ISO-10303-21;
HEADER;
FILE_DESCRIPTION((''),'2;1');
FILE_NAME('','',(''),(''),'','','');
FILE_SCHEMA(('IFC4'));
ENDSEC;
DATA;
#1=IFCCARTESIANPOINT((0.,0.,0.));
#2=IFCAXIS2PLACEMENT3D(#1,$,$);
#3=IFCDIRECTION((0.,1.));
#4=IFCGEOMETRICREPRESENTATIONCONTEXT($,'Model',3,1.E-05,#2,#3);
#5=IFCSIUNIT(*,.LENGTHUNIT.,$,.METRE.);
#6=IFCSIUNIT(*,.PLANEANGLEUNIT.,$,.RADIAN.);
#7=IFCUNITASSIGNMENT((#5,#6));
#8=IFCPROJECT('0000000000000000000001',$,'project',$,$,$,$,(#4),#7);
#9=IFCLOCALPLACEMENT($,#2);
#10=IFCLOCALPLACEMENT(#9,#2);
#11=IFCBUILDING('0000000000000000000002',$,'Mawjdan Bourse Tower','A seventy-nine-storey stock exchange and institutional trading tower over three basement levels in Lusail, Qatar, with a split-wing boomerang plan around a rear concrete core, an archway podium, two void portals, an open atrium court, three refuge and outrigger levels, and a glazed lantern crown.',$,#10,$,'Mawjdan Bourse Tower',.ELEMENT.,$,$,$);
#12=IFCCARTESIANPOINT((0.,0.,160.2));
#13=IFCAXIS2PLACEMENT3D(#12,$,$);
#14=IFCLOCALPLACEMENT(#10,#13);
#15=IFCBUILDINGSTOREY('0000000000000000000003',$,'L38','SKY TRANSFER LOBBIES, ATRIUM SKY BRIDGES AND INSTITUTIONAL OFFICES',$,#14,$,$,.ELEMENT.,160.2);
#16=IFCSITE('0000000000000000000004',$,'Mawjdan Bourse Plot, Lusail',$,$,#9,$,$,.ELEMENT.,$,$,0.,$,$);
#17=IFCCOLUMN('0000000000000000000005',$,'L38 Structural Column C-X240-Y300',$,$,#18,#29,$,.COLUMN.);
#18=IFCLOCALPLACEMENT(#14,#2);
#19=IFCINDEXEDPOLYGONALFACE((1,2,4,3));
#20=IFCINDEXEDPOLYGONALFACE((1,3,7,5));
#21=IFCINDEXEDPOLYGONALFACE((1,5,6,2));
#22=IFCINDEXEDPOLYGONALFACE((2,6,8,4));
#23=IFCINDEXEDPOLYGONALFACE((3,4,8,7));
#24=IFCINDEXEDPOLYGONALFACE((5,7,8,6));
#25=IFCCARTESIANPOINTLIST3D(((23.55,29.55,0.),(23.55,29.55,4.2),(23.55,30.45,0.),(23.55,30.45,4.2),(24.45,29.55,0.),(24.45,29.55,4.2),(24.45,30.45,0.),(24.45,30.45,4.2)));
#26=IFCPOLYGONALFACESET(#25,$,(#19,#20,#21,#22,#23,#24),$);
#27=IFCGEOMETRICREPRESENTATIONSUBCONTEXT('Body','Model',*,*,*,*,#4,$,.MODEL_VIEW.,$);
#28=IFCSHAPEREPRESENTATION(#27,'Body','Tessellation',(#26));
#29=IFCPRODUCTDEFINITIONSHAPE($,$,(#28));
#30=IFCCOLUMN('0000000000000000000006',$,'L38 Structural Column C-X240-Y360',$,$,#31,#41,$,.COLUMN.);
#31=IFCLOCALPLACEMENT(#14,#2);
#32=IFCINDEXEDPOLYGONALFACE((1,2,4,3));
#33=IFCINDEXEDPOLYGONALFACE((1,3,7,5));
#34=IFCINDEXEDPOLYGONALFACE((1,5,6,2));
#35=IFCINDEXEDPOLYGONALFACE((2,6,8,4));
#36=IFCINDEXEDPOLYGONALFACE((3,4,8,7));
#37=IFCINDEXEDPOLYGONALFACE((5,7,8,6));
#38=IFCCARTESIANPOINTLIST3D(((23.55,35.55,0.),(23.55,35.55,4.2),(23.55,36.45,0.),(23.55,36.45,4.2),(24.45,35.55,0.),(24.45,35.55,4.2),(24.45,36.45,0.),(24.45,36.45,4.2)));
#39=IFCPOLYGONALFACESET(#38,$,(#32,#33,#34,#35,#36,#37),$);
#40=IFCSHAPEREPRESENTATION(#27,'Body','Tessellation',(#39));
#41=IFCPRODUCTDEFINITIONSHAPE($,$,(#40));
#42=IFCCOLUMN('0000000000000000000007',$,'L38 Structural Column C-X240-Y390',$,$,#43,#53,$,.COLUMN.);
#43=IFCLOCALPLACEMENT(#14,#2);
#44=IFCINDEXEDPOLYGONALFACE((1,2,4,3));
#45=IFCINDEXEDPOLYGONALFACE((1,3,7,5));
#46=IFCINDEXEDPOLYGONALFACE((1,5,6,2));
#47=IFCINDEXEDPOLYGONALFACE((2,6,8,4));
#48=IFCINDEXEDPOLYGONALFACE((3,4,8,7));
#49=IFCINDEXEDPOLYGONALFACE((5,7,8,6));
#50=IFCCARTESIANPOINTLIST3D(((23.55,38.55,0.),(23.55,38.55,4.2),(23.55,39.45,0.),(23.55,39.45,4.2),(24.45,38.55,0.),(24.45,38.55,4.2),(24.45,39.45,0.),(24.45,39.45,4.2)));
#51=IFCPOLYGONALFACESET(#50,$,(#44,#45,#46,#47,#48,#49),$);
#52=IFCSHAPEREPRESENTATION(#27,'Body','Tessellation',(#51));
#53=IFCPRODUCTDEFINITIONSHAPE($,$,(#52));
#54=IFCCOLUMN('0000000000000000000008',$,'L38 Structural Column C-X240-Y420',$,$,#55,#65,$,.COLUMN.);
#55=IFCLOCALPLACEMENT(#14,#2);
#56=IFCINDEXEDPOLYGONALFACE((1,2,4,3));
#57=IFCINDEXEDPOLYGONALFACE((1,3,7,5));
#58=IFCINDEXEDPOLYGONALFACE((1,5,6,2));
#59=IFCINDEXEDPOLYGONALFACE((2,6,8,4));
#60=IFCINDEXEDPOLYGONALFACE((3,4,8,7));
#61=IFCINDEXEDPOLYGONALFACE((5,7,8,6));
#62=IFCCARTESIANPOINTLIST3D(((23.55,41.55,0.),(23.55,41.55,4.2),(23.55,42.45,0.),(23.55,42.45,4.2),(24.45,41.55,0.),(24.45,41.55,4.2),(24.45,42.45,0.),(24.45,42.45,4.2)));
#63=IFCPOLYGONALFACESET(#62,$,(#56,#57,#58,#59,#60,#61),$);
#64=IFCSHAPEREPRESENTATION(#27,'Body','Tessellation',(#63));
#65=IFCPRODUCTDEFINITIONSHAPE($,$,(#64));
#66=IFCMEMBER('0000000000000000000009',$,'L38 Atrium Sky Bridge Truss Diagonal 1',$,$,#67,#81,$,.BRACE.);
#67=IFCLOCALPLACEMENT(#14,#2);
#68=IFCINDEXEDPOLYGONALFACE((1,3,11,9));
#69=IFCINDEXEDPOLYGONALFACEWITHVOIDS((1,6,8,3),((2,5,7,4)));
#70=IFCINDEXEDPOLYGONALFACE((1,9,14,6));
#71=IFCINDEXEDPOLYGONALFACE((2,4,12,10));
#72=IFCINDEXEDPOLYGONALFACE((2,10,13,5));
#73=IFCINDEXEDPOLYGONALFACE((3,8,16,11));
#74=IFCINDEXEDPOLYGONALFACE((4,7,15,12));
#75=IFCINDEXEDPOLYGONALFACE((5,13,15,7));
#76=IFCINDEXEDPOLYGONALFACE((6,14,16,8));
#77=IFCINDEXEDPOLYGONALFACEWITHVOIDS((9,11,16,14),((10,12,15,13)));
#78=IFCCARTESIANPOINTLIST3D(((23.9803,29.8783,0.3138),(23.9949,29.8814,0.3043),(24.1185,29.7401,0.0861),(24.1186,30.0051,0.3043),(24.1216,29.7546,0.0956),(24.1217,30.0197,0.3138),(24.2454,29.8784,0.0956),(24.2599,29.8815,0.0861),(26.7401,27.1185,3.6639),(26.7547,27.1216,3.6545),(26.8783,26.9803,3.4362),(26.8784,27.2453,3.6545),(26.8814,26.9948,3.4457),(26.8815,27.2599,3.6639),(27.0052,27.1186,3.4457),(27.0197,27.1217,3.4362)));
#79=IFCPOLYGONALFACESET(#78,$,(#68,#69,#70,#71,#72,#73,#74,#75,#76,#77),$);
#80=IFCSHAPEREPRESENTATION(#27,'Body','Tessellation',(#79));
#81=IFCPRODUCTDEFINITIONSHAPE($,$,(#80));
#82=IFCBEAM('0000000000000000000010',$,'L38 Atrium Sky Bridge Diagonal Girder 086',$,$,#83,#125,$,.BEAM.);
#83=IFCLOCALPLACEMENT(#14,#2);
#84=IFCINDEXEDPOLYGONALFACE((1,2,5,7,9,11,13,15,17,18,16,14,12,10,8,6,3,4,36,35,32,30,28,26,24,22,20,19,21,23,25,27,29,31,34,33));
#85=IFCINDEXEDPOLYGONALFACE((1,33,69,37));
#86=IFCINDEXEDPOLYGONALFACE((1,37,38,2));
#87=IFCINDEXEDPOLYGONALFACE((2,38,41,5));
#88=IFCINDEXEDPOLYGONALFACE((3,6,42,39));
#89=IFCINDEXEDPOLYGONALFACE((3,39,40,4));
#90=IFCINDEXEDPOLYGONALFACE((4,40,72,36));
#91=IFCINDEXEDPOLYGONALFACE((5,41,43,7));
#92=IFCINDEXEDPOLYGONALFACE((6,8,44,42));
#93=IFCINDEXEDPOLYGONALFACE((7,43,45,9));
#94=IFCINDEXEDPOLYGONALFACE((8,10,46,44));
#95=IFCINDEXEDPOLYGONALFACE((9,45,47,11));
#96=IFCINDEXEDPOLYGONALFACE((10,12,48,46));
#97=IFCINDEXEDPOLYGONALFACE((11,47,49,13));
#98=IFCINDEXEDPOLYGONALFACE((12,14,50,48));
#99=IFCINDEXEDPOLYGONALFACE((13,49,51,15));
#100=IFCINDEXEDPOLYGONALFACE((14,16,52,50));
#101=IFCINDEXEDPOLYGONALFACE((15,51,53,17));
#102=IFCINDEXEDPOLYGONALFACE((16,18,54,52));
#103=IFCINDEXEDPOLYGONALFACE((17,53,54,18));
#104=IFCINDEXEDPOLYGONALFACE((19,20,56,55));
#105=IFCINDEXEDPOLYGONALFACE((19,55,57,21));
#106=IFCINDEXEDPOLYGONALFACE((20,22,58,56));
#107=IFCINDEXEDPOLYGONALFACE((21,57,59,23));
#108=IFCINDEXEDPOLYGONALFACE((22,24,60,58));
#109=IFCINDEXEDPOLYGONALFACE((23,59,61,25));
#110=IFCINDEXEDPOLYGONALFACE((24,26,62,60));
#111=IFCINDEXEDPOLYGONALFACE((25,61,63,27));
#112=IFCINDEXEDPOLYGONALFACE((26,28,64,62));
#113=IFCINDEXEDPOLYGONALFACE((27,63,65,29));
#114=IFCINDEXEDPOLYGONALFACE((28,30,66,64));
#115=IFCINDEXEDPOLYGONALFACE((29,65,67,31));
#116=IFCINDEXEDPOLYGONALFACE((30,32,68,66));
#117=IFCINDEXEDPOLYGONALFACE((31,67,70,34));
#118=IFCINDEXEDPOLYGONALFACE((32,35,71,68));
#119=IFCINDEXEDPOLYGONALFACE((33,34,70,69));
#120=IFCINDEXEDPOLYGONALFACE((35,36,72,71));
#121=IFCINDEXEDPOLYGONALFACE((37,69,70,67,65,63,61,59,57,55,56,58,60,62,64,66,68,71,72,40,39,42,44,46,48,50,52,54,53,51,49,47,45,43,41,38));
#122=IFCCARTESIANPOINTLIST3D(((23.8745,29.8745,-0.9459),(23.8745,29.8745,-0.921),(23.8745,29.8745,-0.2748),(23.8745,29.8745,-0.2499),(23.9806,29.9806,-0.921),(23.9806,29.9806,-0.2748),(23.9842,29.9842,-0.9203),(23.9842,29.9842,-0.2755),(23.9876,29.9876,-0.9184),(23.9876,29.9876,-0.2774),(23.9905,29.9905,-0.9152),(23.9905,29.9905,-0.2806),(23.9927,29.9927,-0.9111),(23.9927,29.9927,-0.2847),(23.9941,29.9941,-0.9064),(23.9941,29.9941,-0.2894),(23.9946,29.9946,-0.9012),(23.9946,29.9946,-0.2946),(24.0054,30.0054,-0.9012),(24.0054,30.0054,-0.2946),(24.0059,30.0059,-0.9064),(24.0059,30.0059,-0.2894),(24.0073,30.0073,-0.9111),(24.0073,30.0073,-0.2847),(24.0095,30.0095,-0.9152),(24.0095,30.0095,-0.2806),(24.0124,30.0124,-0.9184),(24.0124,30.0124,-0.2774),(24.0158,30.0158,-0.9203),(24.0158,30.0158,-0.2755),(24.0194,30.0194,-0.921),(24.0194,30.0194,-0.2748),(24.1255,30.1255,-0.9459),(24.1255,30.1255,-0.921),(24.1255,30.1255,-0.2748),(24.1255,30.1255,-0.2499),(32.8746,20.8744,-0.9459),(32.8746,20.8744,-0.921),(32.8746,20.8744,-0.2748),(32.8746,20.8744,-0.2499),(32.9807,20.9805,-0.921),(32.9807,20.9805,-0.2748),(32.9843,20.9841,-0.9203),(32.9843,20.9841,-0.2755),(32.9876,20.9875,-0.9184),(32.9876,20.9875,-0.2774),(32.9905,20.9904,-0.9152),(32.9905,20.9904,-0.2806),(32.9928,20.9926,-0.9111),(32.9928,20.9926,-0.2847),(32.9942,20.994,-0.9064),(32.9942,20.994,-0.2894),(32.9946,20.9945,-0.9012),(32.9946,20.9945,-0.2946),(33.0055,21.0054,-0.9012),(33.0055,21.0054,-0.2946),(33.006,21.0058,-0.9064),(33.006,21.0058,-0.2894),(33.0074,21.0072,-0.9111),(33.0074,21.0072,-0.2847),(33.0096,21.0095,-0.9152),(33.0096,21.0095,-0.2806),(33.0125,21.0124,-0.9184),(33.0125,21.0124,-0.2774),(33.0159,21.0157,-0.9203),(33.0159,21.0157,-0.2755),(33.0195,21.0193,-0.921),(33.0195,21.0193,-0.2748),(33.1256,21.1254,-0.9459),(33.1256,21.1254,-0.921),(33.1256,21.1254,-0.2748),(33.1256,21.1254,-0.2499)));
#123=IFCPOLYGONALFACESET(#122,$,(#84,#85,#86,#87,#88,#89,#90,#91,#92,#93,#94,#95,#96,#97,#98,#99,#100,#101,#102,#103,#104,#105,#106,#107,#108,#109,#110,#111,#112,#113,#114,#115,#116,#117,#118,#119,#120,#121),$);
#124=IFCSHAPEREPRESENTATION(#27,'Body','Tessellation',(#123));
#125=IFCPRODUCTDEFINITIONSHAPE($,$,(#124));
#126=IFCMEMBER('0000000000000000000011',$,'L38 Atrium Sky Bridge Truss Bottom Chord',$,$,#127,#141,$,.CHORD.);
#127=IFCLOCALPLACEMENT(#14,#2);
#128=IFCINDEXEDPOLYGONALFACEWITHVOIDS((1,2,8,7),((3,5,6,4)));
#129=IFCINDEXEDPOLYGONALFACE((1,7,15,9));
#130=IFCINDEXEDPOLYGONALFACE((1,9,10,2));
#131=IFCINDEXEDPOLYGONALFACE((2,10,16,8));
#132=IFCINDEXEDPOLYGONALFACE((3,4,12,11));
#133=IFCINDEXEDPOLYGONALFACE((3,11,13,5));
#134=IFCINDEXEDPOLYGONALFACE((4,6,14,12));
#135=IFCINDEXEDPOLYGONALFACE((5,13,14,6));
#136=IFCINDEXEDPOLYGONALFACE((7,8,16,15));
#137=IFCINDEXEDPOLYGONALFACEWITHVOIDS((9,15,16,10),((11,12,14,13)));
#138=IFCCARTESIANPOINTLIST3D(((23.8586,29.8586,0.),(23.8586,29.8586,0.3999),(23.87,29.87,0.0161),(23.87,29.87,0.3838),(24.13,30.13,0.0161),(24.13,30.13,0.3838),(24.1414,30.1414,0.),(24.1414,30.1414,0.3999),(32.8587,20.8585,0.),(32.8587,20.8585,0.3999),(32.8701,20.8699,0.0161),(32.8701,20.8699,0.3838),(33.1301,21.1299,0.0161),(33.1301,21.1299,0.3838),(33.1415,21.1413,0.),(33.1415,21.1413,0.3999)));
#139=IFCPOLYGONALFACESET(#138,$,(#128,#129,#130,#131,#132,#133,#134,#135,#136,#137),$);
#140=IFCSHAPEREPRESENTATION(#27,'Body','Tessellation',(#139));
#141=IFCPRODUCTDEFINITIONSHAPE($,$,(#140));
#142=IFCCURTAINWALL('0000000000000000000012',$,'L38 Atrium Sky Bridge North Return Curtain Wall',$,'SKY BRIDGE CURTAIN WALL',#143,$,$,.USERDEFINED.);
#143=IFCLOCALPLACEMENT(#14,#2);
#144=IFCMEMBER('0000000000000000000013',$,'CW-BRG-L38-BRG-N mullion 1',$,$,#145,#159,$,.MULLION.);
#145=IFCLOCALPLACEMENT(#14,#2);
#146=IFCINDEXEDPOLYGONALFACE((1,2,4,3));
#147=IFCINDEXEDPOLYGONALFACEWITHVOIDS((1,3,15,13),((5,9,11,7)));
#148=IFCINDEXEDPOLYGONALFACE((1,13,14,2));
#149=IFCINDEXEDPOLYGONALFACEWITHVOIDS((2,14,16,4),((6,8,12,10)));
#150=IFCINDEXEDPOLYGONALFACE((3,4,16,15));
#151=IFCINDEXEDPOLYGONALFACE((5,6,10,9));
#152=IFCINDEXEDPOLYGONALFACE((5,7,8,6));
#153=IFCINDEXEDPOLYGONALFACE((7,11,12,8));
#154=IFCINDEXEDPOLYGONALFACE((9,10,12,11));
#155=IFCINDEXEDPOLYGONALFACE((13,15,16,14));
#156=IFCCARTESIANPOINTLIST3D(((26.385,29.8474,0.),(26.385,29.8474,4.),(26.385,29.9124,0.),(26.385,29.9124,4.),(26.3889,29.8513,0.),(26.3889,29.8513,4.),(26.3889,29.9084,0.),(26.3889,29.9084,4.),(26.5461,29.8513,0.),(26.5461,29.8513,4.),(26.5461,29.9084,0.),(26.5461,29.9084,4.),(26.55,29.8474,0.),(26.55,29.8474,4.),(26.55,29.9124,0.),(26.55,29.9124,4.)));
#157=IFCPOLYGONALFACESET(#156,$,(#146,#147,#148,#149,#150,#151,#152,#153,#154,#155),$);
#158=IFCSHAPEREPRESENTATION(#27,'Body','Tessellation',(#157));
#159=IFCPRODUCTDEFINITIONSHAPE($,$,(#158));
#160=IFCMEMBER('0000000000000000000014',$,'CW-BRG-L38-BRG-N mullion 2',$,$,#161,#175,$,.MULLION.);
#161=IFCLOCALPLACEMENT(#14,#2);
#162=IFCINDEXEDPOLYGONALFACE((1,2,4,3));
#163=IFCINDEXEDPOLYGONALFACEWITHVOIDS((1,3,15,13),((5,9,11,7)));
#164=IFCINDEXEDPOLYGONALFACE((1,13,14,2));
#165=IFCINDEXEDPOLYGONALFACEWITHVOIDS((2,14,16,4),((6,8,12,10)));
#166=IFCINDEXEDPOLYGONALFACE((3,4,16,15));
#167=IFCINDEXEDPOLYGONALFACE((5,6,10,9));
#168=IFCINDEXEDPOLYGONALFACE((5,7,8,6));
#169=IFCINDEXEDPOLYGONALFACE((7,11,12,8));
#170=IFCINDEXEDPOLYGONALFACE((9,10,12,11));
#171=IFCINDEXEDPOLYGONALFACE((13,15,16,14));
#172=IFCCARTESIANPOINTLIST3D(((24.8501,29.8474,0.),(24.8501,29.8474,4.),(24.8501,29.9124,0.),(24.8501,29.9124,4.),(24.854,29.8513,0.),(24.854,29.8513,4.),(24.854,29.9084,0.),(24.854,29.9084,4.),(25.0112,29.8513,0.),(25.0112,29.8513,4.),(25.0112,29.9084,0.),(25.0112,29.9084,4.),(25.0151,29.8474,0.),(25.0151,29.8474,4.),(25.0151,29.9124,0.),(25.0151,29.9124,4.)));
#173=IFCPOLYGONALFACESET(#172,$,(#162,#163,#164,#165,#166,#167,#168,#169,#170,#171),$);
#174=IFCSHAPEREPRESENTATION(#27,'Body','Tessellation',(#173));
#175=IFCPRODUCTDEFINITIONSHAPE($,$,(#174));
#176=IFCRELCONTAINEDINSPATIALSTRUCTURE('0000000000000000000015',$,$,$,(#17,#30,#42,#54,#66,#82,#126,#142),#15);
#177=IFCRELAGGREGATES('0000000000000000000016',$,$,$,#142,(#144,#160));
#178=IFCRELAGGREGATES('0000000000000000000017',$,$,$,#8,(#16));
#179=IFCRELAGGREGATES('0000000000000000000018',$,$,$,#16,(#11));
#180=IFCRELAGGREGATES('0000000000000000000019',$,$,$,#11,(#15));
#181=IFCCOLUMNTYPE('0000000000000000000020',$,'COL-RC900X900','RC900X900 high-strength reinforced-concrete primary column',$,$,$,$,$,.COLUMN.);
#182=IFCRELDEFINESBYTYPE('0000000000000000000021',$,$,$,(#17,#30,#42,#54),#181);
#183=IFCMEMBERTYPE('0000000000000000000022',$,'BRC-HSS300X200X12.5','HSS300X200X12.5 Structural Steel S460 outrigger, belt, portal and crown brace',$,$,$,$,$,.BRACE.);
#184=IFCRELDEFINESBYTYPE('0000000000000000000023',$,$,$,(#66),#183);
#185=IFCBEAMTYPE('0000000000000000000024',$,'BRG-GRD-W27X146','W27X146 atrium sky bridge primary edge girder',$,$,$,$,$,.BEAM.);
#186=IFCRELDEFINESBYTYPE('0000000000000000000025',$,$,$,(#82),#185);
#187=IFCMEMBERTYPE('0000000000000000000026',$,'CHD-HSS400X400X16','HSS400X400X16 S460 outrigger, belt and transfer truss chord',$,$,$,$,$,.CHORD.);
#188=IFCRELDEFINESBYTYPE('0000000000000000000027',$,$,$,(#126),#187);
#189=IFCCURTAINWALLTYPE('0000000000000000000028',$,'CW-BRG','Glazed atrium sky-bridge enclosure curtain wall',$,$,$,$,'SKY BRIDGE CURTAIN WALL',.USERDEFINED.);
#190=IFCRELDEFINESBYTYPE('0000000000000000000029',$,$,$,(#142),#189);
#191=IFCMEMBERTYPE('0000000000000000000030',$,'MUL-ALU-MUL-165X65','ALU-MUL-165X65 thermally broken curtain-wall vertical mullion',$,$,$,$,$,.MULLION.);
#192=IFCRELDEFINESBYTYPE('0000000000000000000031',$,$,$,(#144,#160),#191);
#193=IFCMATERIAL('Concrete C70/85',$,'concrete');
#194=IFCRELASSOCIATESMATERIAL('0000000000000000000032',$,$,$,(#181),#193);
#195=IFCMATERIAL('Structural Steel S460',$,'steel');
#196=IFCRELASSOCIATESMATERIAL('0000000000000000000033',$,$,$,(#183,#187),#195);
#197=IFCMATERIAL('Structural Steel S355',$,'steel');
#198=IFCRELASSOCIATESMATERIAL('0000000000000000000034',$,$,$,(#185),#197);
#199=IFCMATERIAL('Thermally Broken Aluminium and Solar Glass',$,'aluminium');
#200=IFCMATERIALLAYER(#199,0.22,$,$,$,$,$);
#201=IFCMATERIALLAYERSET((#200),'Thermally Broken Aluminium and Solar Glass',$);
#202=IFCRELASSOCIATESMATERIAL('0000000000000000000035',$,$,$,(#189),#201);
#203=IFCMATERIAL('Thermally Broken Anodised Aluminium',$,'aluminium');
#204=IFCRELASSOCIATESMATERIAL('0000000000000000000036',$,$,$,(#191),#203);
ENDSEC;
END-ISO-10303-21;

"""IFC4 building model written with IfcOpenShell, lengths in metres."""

from ifc_helpers import new_model, si_unit, direction, frame, origin, origin_2d, place, context, subcontext, project, spatial, rectangle, hollow_rectangle, i_section, extrude, material, layer, layer_set, material_profile, profile_set, type_object, element, aggregate, save


model = new_model("IFC4")

# Units and contexts
model_context = context("Model", 3, precision=1e-05, world=origin(), true_north=direction((0.0, 1.0)))
body_context = subcontext(model_context, "Body", "Model", "MODEL_VIEW")
ifc_project = project(units=[si_unit("LENGTHUNIT", "METRE"), si_unit("PLANEANGLEUNIT", "RADIAN")], contexts=[model_context])

# Site, building, storey
site_placement = place(None, origin())
site = spatial("IfcSite", under=ifc_project, at=site_placement, Name="Mawjdan Bourse Plot, Lusail", CompositionType="ELEMENT", RefElevation=0.0)
building_placement = place(site_placement, origin())
building = spatial("IfcBuilding", under=site, at=building_placement, Name="Mawjdan Bourse Tower", Description="A seventy-nine-storey stock exchange and institutional trading tower over three basement levels in Lusail, Qatar, with a split-wing boomerang plan around a rear concrete core, an archway podium, two void portals, an open atrium court, three refuge and outrigger levels, and a glazed lantern crown.", LongName="Mawjdan Bourse Tower", CompositionType="ELEMENT")
storey_placement = place(building_placement, frame((0.0, 0.0, 160.2)))
storey = spatial("IfcBuildingStorey", under=building, at=storey_placement, Name="L38", Description="SKY TRANSFER LOBBIES, ATRIUM SKY BRIDGES AND INSTITUTIONAL OFFICES", CompositionType="ELEMENT", Elevation=160.2)

# Columns
ifc_material_1 = material(Name="Concrete C70/85", Category="concrete")
ifc_material_profile_1 = material_profile(ifc_material_1, rectangle(XDim=0.8999, YDim=0.8999, at=origin_2d()), Name="RC900X900")
ifc_profile_set_1 = profile_set([ifc_material_profile_1], Name="Concrete C70/85")
column_type = type_object("IfcColumnType", Name="COL-RC900X900", Description="RC900X900 high-strength reinforced-concrete primary column", PredefinedType="COLUMN", material=ifc_profile_set_1)
for number, where, z_axis, x_axis, name in (
    (1, (24.0, 30.0, 0.0), (0.0, 0.0, 1.0), (1.0, 0.0, 0.0), "L38 Structural Column C-X240-Y300"),
    (2, (24.0, 36.0, 0.0), (0.0, 0.0, 1.0), (1.0, 0.0, 0.0), "L38 Structural Column C-X240-Y360"),
    (3, (24.0, 39.0, 0.0), (0.0, 0.0, 1.0), (1.0, 0.0, 0.0), "L38 Structural Column C-X240-Y390"),
    (4, (24.0, 42.0, 0.0), (0.0, 0.0, 1.0), (1.0, 0.0, 0.0), "L38 Structural Column C-X240-Y420"),
):
    element("IfcColumn", number, at=place(storey_placement, frame(where, z_axis=z_axis, x_axis=x_axis)), inside=storey, type_object=column_type, Name=name, PredefinedType="COLUMN", context=body_context, shape_type="SweptSolid", body=[
        extrude(rectangle(XDim=0.8999, YDim=0.8999, at=origin_2d()), origin(), (0.0, 0.0, 1.0), 4.2),
    ])

# Member
ifc_material_2 = material(Name="Structural Steel S460", Category="steel")
ifc_material_profile_2 = material_profile(ifc_material_2, hollow_rectangle(XDim=0.2, YDim=0.3, WallThickness=0.0125, at=origin_2d()), Name="HSS300X200X12.5")
ifc_profile_set_2 = profile_set([ifc_material_profile_2], Name="Structural Steel S460")
member_type_1 = type_object("IfcMemberType", Name="BRC-HSS300X200X12.5", Description="HSS300X200X12.5 Structural Steel S460 outrigger, belt, portal and crown brace", PredefinedType="BRACE", material=ifc_profile_set_2)
member_1_placement = place(storey_placement, frame((24.1201, 29.8799, 0.2), z_axis=(0.536552, -0.536552, 0.651324), x_axis=(0.707107, 0.707107, 0.0)))
element("IfcMember", 5, at=member_1_placement, inside=storey, type_object=member_type_1, Name="L38 Atrium Sky Bridge Truss Diagonal 1", PredefinedType="BRACE", context=body_context, shape_type="SweptSolid", body=[
    extrude(hollow_rectangle(XDim=0.2, YDim=0.3, WallThickness=0.0125, at=origin_2d()), origin(), (0.0, 0.0, 1.0), 5.1436),
])

# Beam
ifc_material_3 = material(Name="Structural Steel S355", Category="steel")
ifc_material_profile_3 = material_profile(ifc_material_3, i_section(OverallWidth=0.355, OverallDepth=0.696, WebThickness=0.0154, FlangeThickness=0.0249, FilletRadius=0.0198, at=origin_2d()), Name="W27X146")
ifc_profile_set_3 = profile_set([ifc_material_profile_3], Name="Structural Steel S355")
beam_type_1 = type_object("IfcBeamType", Name="BRG-GRD-W27X146", Description="W27X146 atrium sky bridge primary edge girder", PredefinedType="BEAM", material=ifc_profile_set_3)
beam_1_placement = place(storey_placement, frame((24.0, 30.0, -0.5979), z_axis=(0.707107, -0.707107, 0.0), x_axis=(0.707107, 0.707107, 0.0)))
element("IfcBeam", 6, at=beam_1_placement, inside=storey, type_object=beam_type_1, Name="L38 Atrium Sky Bridge Diagonal Girder 086", PredefinedType="BEAM", context=body_context, shape_type="SweptSolid", body=[
    extrude(i_section(OverallWidth=0.355, OverallDepth=0.696, WebThickness=0.0154, FlangeThickness=0.0249, FilletRadius=0.0198, at=origin_2d()), origin(), (0.0, 0.0, 1.0), 12.728),
])

# Member
ifc_material_profile_4 = material_profile(ifc_material_2, hollow_rectangle(XDim=0.3999, YDim=0.3999, WallThickness=0.0161, at=origin_2d()), Name="HSS400X400X16")
ifc_profile_set_4 = profile_set([ifc_material_profile_4], Name="Structural Steel S460")
member_type_2 = type_object("IfcMemberType", Name="CHD-HSS400X400X16", Description="HSS400X400X16 S460 outrigger, belt and transfer truss chord", PredefinedType="CHORD", material=ifc_profile_set_4)
member_2_placement = place(storey_placement, frame((24.0, 30.0, 0.2), z_axis=(0.707107, -0.707107, 0.0), x_axis=(0.707107, 0.707107, 0.0)))
element("IfcMember", 7, at=member_2_placement, inside=storey, type_object=member_type_2, Name="L38 Atrium Sky Bridge Truss Bottom Chord", PredefinedType="CHORD", context=body_context, shape_type="SweptSolid", body=[
    extrude(hollow_rectangle(XDim=0.3999, YDim=0.3999, WallThickness=0.0161, at=origin_2d()), origin(), (0.0, 0.0, 1.0), 12.728),
])

# Curtain wall, members
ifc_material_4 = material(Name="Thermally Broken Aluminium and Solar Glass", Category="aluminium")
ifc_layer_1 = layer(ifc_material_4, 0.22)
ifc_layer_set_1 = layer_set([ifc_layer_1], Name="Thermally Broken Aluminium and Solar Glass")
curtain_wall_type = type_object("IfcCurtainWallType", Name="CW-BRG", Description="Glazed atrium sky-bridge enclosure curtain wall", ElementType="SKY BRIDGE CURTAIN WALL", PredefinedType="USERDEFINED", material=ifc_layer_set_1)
curtain_wall_placement = place(storey_placement, origin())
curtain_wall = element("IfcCurtainWall", 8, at=curtain_wall_placement, inside=storey, type_object=curtain_wall_type, Name="L38 Atrium Sky Bridge North Return Curtain Wall", ObjectType="SKY BRIDGE CURTAIN WALL", PredefinedType="USERDEFINED")
ifc_material_5 = material(Name="Thermally Broken Anodised Aluminium", Category="aluminium")
ifc_material_profile_5 = material_profile(ifc_material_5, hollow_rectangle(XDim=0.0649, YDim=0.165, WallThickness=0.0039, at=origin_2d()), Name="ALU-MUL-165X65")
ifc_profile_set_5 = profile_set([ifc_material_profile_5], Name="Thermally Broken Anodised Aluminium")
member_type_3 = type_object("IfcMemberType", Name="MUL-ALU-MUL-165X65", Description="ALU-MUL-165X65 thermally broken curtain-wall vertical mullion", PredefinedType="MULLION", material=ifc_profile_set_5)
member_3_placement = place(storey_placement, frame((26.4675, 29.8799, 0.0), z_axis=(0.0, 0.0, 1.0), x_axis=(0.0, -1.0, 0.0)))
member_3 = element("IfcMember", 9, at=member_3_placement, type_object=member_type_3, Name="CW-BRG-L38-BRG-N mullion 1", PredefinedType="MULLION", context=body_context, shape_type="SweptSolid", body=[
    extrude(hollow_rectangle(XDim=0.0649, YDim=0.165, WallThickness=0.0039, at=origin_2d()), origin(), (0.0, 0.0, 1.0), 4.0),
])
member_4_placement = place(storey_placement, frame((24.9326, 29.8799, 0.0), z_axis=(0.0, 0.0, 1.0), x_axis=(0.0, -1.0, 0.0)))
member_4 = element("IfcMember", 10, at=member_4_placement, type_object=member_type_3, Name="CW-BRG-L38-BRG-N mullion 2", PredefinedType="MULLION", context=body_context, shape_type="SweptSolid", body=[
    extrude(hollow_rectangle(XDim=0.0649, YDim=0.165, WallThickness=0.0039, at=origin_2d()), origin(), (0.0, 0.0, 1.0), 4.0),
])

aggregate(curtain_wall, [member_3, member_4])

save(model, "model.ifc")
